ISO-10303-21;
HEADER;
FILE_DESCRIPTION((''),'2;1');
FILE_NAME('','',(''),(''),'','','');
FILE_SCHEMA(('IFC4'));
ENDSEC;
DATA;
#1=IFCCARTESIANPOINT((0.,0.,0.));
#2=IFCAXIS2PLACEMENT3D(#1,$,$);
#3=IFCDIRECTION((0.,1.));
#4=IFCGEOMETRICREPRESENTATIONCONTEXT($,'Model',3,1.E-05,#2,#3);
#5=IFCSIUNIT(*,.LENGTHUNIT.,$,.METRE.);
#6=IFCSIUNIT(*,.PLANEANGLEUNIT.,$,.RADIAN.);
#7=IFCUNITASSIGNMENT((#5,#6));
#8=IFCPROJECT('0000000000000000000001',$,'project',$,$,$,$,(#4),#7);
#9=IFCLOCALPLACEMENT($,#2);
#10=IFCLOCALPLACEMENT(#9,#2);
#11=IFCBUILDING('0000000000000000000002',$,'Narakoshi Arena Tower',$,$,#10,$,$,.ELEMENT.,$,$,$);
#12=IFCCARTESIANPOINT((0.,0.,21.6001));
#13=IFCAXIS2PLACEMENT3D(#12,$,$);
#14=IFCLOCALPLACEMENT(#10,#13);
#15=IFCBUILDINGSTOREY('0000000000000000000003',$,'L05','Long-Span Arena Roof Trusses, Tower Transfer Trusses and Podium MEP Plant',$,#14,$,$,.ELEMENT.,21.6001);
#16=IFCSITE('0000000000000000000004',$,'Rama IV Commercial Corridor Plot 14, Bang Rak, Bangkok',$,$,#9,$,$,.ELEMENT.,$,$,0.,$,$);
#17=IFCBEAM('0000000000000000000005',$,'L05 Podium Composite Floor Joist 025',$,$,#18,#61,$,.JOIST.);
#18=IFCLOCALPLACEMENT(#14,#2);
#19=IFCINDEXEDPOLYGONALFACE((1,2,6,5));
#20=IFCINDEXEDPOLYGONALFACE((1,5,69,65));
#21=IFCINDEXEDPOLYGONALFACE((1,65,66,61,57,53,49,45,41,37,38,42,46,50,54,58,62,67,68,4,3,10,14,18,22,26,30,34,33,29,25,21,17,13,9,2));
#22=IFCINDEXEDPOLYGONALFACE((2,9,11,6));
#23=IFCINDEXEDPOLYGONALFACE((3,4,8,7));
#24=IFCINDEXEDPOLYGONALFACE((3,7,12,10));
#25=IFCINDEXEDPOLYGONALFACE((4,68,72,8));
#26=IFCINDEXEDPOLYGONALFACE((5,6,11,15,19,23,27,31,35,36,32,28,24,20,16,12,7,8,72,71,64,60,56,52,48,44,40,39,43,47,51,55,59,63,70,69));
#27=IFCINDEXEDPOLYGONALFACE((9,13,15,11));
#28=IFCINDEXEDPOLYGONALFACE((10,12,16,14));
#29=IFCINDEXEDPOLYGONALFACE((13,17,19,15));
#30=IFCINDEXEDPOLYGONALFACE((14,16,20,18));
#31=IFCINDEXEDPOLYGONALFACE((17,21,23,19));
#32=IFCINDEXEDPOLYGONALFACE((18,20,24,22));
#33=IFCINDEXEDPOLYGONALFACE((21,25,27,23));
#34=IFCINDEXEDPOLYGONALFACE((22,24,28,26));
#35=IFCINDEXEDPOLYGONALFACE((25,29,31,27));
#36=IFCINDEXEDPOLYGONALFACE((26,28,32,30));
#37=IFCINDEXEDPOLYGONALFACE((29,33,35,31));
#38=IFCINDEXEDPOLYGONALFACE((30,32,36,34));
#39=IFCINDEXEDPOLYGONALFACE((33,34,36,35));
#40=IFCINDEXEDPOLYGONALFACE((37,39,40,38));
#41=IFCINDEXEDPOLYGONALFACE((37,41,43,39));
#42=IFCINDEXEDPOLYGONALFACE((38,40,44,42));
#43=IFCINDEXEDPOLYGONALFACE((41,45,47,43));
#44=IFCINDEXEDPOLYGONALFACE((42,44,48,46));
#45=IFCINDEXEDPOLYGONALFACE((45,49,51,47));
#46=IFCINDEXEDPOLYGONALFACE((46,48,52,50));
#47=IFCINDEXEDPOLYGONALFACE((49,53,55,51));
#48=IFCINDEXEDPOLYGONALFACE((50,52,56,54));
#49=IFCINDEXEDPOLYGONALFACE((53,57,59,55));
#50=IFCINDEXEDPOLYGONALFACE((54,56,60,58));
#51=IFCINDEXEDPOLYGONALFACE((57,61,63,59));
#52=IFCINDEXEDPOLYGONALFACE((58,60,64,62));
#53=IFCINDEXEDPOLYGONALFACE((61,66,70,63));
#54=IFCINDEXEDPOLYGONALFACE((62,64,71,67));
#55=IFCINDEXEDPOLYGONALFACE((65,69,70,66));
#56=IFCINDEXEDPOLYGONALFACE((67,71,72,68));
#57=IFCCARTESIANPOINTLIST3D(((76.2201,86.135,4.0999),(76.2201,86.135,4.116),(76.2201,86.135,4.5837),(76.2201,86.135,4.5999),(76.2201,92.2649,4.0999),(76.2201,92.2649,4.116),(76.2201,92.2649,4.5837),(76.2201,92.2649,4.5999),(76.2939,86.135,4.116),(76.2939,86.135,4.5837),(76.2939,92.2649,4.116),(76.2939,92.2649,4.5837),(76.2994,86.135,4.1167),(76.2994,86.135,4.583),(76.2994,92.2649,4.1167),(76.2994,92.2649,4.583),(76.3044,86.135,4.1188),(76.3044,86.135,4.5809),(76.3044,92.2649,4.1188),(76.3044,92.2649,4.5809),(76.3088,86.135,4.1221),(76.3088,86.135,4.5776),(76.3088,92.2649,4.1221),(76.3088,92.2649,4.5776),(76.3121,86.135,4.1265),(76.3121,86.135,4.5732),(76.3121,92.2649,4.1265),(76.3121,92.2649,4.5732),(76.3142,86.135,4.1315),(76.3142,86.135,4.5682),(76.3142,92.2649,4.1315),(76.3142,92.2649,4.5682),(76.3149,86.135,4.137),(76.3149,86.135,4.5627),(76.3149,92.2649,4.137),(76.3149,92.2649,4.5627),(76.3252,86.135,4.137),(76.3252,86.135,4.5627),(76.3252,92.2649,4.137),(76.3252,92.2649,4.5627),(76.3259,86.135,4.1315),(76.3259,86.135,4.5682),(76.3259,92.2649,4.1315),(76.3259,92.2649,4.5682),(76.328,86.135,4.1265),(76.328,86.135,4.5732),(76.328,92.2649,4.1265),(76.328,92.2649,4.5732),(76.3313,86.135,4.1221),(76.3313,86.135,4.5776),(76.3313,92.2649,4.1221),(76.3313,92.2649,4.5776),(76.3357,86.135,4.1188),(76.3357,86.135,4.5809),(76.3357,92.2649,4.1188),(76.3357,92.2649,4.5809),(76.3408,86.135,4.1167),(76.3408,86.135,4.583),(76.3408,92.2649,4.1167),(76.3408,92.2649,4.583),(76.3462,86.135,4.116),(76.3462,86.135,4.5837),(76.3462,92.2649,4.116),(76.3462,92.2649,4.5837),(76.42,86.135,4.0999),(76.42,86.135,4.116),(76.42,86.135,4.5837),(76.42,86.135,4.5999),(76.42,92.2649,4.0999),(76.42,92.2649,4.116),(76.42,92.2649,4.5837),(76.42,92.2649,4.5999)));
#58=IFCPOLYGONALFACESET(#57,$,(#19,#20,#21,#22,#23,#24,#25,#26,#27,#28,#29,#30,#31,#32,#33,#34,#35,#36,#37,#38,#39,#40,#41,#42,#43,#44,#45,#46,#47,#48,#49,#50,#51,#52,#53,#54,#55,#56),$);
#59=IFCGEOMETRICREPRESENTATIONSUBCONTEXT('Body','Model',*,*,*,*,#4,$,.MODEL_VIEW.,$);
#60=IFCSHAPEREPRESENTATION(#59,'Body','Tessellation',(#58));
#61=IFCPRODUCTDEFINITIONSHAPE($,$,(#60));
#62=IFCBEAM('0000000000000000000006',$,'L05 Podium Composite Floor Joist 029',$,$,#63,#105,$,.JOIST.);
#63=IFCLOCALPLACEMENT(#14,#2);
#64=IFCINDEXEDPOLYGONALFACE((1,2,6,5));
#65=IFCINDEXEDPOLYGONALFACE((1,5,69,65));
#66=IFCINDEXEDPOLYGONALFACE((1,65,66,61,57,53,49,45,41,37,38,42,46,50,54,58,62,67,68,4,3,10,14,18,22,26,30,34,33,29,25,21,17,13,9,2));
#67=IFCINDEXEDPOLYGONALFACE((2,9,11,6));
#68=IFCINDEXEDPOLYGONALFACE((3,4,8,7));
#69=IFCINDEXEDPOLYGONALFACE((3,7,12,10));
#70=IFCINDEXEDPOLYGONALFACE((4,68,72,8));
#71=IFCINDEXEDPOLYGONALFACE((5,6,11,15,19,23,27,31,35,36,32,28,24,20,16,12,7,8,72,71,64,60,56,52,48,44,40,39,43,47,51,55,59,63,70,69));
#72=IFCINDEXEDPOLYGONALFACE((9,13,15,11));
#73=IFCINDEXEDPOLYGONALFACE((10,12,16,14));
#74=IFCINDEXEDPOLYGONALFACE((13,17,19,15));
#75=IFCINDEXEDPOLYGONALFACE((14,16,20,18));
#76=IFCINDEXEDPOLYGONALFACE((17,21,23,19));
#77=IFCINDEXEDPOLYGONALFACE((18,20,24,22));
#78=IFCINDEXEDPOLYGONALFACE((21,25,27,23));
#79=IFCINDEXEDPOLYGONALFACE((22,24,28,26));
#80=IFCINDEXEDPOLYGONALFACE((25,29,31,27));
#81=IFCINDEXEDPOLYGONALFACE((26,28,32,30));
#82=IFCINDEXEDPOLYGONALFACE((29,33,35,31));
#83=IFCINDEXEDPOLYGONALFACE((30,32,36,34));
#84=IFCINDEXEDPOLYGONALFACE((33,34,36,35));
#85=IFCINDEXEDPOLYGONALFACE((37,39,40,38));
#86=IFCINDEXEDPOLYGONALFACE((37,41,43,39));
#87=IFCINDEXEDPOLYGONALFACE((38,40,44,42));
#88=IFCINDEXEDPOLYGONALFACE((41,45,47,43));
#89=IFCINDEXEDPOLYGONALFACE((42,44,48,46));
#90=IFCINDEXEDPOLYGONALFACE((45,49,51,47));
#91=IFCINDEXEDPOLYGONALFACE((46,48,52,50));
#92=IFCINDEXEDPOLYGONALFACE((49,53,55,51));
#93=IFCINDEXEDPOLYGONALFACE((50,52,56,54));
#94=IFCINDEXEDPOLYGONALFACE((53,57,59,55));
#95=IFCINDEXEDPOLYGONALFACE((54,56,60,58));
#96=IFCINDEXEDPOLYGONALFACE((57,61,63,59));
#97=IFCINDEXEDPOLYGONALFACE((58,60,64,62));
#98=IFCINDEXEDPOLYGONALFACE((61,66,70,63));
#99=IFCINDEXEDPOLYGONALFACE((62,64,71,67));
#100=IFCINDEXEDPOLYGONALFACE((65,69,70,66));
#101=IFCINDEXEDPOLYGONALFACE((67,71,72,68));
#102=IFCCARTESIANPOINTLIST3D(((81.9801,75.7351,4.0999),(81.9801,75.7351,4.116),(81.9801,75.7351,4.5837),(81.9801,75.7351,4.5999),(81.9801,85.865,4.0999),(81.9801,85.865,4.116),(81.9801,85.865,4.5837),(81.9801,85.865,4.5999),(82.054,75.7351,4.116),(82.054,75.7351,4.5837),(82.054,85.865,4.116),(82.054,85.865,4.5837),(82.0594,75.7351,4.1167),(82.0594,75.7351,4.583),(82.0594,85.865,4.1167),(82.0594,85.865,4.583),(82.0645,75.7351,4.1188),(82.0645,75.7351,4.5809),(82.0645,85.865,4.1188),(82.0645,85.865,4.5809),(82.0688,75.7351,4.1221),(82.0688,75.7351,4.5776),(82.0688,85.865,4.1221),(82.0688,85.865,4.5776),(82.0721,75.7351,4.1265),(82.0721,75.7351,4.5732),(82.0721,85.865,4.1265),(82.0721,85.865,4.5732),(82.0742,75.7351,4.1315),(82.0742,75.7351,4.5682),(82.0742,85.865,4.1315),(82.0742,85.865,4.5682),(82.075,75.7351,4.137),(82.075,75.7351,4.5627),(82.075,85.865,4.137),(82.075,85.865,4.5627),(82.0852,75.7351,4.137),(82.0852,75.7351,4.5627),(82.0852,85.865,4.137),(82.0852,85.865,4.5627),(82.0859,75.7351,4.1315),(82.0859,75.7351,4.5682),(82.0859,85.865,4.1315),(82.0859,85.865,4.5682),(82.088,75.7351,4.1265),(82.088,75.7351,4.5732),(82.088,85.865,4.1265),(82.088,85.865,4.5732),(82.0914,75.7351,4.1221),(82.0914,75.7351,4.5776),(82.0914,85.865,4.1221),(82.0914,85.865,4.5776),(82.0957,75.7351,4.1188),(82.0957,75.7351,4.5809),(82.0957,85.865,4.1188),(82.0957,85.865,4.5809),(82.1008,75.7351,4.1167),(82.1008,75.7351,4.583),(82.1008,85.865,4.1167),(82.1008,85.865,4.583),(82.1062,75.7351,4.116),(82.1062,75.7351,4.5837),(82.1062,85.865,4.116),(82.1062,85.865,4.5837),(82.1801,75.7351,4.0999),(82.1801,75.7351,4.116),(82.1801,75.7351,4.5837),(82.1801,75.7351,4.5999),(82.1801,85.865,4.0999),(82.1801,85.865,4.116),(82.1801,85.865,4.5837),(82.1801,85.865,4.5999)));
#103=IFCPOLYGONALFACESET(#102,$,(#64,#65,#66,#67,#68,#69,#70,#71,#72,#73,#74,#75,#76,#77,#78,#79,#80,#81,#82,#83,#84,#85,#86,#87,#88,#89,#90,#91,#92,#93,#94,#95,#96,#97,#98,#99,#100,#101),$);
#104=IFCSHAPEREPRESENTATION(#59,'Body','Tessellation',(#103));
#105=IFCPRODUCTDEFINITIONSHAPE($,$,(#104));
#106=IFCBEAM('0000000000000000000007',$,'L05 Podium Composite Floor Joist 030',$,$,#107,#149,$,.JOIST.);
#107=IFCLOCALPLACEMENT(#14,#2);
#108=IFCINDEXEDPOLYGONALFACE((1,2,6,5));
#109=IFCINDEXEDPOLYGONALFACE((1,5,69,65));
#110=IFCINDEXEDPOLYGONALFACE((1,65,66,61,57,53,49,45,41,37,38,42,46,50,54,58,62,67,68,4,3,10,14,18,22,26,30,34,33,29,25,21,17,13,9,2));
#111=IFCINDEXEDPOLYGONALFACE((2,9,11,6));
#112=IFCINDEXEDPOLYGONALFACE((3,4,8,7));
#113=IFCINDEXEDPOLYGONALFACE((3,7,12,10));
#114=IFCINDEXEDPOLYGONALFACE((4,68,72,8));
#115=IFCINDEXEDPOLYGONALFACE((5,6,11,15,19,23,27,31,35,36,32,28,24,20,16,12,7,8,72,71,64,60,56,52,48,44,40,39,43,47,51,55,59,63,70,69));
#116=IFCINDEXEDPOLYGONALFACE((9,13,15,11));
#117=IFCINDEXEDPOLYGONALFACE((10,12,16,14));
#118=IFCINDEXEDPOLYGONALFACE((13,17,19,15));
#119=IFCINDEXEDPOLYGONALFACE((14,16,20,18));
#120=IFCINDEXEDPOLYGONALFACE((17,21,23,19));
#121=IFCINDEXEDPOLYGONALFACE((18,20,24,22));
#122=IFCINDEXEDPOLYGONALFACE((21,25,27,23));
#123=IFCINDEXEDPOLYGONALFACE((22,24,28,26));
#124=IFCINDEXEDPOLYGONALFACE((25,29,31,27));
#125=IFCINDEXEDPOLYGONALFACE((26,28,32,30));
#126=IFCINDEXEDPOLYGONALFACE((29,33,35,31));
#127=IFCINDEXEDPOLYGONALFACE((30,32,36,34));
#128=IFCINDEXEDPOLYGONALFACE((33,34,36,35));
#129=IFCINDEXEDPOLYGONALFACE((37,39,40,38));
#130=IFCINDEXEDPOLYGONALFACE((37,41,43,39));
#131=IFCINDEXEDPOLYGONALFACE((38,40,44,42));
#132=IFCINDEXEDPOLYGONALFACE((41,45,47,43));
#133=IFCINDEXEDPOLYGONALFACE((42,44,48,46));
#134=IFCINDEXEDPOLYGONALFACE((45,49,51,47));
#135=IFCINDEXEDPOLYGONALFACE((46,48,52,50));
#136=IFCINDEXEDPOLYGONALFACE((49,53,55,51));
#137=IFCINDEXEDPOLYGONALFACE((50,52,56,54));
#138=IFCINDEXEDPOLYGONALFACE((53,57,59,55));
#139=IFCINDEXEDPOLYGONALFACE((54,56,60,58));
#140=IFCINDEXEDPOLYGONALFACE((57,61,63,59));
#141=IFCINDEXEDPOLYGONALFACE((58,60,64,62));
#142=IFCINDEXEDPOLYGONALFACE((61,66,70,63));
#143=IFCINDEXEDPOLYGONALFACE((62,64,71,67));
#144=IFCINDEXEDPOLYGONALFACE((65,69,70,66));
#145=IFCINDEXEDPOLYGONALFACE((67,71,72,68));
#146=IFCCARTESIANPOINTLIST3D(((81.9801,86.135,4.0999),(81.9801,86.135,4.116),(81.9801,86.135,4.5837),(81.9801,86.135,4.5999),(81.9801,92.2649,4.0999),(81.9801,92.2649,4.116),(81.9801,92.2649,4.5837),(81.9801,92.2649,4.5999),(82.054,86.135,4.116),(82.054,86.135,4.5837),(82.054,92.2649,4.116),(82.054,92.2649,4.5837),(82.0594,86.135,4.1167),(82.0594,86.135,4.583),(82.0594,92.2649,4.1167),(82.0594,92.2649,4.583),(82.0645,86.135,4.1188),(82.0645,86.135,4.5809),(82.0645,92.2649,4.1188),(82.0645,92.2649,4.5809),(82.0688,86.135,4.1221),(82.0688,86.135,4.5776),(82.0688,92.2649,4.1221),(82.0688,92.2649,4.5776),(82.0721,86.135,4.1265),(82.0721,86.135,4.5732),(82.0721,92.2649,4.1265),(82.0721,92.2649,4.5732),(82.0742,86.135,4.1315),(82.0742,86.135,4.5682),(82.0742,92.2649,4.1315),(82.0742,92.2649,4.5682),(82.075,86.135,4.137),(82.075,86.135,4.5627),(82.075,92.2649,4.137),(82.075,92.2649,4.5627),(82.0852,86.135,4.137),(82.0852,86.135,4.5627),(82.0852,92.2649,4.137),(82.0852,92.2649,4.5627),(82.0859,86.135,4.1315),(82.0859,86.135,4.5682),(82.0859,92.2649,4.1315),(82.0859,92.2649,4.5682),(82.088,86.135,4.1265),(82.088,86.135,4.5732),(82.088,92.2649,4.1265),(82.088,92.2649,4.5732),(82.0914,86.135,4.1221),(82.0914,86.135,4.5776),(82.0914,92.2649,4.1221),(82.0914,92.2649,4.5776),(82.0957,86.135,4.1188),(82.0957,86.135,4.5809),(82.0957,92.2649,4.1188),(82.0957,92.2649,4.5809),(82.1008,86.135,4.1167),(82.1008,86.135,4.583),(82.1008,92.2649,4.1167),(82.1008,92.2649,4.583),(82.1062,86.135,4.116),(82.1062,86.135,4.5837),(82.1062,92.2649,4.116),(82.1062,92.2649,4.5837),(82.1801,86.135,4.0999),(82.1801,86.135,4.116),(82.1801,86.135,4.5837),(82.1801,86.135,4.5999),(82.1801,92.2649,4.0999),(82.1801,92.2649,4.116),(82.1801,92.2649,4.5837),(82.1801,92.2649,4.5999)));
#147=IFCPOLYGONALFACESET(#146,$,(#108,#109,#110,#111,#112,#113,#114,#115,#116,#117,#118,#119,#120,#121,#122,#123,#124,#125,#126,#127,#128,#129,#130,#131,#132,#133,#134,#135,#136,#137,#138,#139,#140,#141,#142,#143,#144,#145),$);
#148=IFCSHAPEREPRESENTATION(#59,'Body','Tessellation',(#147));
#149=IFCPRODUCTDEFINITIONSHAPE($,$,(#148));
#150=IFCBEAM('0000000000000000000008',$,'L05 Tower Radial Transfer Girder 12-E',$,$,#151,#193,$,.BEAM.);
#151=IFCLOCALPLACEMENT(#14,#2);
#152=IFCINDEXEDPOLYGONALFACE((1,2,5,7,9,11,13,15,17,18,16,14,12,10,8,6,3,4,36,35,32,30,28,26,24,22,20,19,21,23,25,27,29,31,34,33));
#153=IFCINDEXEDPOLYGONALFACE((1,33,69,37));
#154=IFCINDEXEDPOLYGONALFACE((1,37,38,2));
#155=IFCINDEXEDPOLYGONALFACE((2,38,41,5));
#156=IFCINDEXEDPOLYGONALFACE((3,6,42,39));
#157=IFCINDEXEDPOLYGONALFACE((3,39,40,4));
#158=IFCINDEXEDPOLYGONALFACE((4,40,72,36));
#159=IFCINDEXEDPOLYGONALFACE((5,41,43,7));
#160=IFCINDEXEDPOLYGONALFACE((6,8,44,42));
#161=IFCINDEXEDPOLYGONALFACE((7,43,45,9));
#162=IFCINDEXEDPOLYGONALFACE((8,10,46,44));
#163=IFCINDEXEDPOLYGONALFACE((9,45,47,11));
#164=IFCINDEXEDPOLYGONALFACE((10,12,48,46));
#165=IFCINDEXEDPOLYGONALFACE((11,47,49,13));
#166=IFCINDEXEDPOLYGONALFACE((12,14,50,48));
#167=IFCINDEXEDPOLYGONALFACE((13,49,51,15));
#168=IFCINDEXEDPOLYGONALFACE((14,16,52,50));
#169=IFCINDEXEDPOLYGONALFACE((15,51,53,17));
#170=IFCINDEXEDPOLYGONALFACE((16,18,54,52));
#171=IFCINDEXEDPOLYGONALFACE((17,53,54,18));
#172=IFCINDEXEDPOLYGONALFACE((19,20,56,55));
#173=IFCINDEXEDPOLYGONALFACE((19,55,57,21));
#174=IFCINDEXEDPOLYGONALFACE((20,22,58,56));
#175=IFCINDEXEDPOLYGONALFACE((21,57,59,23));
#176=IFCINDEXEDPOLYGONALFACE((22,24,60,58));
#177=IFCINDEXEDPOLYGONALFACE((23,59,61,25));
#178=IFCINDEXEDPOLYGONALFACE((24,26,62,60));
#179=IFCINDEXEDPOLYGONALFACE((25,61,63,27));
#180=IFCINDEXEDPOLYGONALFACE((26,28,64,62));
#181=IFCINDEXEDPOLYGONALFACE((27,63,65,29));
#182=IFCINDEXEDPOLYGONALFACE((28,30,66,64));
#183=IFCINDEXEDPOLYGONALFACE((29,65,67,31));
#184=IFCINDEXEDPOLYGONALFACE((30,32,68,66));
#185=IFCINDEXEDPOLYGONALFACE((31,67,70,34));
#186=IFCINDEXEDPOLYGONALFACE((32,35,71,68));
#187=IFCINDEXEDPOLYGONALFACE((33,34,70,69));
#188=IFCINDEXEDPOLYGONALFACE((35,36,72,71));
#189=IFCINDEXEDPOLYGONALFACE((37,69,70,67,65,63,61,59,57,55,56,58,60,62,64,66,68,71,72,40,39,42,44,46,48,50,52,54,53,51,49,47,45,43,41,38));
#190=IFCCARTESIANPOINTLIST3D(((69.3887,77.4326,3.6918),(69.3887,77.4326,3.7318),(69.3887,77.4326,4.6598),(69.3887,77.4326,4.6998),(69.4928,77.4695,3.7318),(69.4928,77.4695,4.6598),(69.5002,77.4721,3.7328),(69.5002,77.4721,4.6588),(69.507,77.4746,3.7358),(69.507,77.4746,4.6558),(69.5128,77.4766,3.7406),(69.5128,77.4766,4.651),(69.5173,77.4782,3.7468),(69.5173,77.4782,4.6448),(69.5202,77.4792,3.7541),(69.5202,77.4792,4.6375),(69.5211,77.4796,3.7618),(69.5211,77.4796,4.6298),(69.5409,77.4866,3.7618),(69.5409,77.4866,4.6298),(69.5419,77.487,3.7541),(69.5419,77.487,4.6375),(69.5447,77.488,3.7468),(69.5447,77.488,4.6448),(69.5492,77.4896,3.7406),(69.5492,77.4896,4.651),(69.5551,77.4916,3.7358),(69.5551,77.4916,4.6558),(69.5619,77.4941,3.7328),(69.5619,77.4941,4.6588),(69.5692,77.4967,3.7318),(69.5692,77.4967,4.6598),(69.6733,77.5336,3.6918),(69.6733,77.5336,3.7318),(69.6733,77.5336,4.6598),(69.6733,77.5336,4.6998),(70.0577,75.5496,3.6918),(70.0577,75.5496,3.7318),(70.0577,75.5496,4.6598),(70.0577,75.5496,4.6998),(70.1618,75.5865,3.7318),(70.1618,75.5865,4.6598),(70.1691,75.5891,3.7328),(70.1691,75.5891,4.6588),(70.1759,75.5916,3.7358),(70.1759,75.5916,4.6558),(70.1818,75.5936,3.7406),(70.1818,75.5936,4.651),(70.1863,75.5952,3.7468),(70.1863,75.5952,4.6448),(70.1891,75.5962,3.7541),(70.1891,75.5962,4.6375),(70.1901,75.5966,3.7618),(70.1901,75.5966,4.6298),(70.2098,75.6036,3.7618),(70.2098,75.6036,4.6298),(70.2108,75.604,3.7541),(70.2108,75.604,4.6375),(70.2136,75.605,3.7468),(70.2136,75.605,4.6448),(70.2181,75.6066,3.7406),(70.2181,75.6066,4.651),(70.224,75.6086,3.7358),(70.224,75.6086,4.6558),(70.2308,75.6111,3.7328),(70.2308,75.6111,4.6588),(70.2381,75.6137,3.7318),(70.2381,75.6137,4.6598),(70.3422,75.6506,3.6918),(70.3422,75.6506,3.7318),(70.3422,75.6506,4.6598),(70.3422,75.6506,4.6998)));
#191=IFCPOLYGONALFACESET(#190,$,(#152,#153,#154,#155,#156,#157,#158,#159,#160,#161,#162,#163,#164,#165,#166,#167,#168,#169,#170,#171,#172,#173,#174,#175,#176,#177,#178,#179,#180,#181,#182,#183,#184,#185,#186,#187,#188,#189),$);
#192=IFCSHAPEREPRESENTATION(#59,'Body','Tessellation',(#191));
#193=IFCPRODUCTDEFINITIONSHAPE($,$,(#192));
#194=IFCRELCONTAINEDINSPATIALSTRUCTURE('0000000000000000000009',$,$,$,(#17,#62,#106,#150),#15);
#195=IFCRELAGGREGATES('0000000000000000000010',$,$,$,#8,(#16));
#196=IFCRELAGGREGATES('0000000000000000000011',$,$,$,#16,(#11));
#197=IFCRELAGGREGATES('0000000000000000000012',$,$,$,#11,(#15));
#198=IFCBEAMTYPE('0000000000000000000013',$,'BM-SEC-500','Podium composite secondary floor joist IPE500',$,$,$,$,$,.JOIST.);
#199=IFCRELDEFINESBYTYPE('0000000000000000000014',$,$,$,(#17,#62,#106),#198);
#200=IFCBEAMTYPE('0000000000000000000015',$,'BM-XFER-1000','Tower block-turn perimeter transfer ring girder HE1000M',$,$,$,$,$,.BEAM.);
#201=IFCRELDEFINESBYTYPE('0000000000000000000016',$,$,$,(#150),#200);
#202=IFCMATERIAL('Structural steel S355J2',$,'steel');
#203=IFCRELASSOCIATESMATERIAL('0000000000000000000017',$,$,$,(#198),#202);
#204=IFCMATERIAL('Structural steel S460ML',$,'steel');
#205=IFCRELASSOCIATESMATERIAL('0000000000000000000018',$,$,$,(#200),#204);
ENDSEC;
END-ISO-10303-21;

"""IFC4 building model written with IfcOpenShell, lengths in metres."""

from ifc_helpers import new_model, si_unit, direction, frame, origin, origin_2d, place, context, subcontext, project, spatial, i_section, extrude, material, material_profile, profile_set, type_object, element, save


model = new_model("IFC4")

# Units and contexts
model_context = context("Model", 3, precision=1e-05, world=origin(), true_north=direction((0.0, 1.0)))
body_context = subcontext(model_context, "Body", "Model", "MODEL_VIEW")
ifc_project = project(units=[si_unit("LENGTHUNIT", "METRE"), si_unit("PLANEANGLEUNIT", "RADIAN")], contexts=[model_context])

# Site, building, storey
site_placement = place(None, origin())
site = spatial("IfcSite", under=ifc_project, at=site_placement, Name="Rama IV Commercial Corridor Plot 14, Bang Rak, Bangkok", CompositionType="ELEMENT", RefElevation=0.0)
building_placement = place(site_placement, origin())
building = spatial("IfcBuilding", under=site, at=building_placement, Name="Narakoshi Arena Tower", CompositionType="ELEMENT")
storey_placement = place(building_placement, frame((0.0, 0.0, 21.6001)))
storey = spatial("IfcBuildingStorey", under=building, at=storey_placement, Name="L05", Description="Long-Span Arena Roof Trusses, Tower Transfer Trusses and Podium MEP Plant", CompositionType="ELEMENT", Elevation=21.6001)

# Beams
ifc_material_1 = material(Name="Structural steel S460ML", Category="steel")
ifc_material_2 = material(Name="Structural steel S355J2", Category="steel")
ifc_material_profile_1 = material_profile(ifc_material_2, i_section(OverallWidth=0.2, OverallDepth=0.5, WebThickness=0.0103, FlangeThickness=0.0161, FilletRadius=0.021, at=origin_2d()), Name="IPE500")
ifc_profile_set_1 = profile_set([ifc_material_profile_1], Name="Structural steel S355J2")
beam_type_1 = type_object("IfcBeamType", Name="BM-SEC-500", Description="Podium composite secondary floor joist IPE500", PredefinedType="JOIST", material=ifc_profile_set_1)
beam_1_placement = place(storey_placement, frame((76.3201, 86.135, 4.3499), z_axis=(0.0, 1.0, 0.0), x_axis=(-1.0, 0.0, 0.0)))
element("IfcBeam", 1, at=beam_1_placement, inside=storey, type_object=beam_type_1, Name="L05 Podium Composite Floor Joist 025", PredefinedType="JOIST", context=body_context, shape_type="SweptSolid", body=[
    extrude(i_section(OverallWidth=0.2, OverallDepth=0.5, WebThickness=0.0103, FlangeThickness=0.0161, FilletRadius=0.021, at=origin_2d()), origin(), (0.0, 0.0, 1.0), 6.1299),
])
beam_2_placement = place(storey_placement, frame((82.0801, 75.7351, 4.3499), z_axis=(0.0, 1.0, 0.0), x_axis=(-1.0, 0.0, 0.0)))
element("IfcBeam", 2, at=beam_2_placement, inside=storey, type_object=beam_type_1, Name="L05 Podium Composite Floor Joist 029", PredefinedType="JOIST", context=body_context, shape_type="SweptSolid", body=[
    extrude(i_section(OverallWidth=0.2, OverallDepth=0.5, WebThickness=0.0103, FlangeThickness=0.0161, FilletRadius=0.021, at=origin_2d()), origin(), (0.0, 0.0, 1.0), 10.1299),
])
beam_3_placement = place(storey_placement, frame((82.0801, 86.135, 4.3499), z_axis=(0.0, 1.0, 0.0), x_axis=(-1.0, 0.0, 0.0)))
element("IfcBeam", 3, at=beam_3_placement, inside=storey, type_object=beam_type_1, Name="L05 Podium Composite Floor Joist 030", PredefinedType="JOIST", context=body_context, shape_type="SweptSolid", body=[
    extrude(i_section(OverallWidth=0.2, OverallDepth=0.5, WebThickness=0.0103, FlangeThickness=0.0161, FilletRadius=0.021, at=origin_2d()), origin(), (0.0, 0.0, 1.0), 6.1299),
])
ifc_material_profile_2 = material_profile(ifc_material_1, i_section(OverallWidth=0.302, OverallDepth=1.0081, WebThickness=0.021, FlangeThickness=0.04, FilletRadius=0.03, at=origin_2d()), Name="HE1000M")
ifc_profile_set_2 = profile_set([ifc_material_profile_2], Name="Structural steel S460ML")
beam_type_2 = type_object("IfcBeamType", Name="BM-XFER-1000", Description="Tower block-turn perimeter transfer ring girder HE1000M", PredefinedType="BEAM", material=ifc_profile_set_2)
beam_4_placement = place(storey_placement, frame((70.2, 75.6001, 4.1958), z_axis=(-0.334749, 0.942307, 0.0), x_axis=(-0.942307, -0.334749, 0.0)))
element("IfcBeam", 4, at=beam_4_placement, inside=storey, type_object=beam_type_2, Name="L05 Tower Radial Transfer Girder 12-E", PredefinedType="BEAM", context=body_context, shape_type="SweptSolid", body=[
    extrude(i_section(OverallWidth=0.302, OverallDepth=1.0081, WebThickness=0.021, FlangeThickness=0.04, FilletRadius=0.03, at=origin_2d()), origin(), (0.0, 0.0, 1.0), 1.9983),
])

save(model, "model.ifc")
